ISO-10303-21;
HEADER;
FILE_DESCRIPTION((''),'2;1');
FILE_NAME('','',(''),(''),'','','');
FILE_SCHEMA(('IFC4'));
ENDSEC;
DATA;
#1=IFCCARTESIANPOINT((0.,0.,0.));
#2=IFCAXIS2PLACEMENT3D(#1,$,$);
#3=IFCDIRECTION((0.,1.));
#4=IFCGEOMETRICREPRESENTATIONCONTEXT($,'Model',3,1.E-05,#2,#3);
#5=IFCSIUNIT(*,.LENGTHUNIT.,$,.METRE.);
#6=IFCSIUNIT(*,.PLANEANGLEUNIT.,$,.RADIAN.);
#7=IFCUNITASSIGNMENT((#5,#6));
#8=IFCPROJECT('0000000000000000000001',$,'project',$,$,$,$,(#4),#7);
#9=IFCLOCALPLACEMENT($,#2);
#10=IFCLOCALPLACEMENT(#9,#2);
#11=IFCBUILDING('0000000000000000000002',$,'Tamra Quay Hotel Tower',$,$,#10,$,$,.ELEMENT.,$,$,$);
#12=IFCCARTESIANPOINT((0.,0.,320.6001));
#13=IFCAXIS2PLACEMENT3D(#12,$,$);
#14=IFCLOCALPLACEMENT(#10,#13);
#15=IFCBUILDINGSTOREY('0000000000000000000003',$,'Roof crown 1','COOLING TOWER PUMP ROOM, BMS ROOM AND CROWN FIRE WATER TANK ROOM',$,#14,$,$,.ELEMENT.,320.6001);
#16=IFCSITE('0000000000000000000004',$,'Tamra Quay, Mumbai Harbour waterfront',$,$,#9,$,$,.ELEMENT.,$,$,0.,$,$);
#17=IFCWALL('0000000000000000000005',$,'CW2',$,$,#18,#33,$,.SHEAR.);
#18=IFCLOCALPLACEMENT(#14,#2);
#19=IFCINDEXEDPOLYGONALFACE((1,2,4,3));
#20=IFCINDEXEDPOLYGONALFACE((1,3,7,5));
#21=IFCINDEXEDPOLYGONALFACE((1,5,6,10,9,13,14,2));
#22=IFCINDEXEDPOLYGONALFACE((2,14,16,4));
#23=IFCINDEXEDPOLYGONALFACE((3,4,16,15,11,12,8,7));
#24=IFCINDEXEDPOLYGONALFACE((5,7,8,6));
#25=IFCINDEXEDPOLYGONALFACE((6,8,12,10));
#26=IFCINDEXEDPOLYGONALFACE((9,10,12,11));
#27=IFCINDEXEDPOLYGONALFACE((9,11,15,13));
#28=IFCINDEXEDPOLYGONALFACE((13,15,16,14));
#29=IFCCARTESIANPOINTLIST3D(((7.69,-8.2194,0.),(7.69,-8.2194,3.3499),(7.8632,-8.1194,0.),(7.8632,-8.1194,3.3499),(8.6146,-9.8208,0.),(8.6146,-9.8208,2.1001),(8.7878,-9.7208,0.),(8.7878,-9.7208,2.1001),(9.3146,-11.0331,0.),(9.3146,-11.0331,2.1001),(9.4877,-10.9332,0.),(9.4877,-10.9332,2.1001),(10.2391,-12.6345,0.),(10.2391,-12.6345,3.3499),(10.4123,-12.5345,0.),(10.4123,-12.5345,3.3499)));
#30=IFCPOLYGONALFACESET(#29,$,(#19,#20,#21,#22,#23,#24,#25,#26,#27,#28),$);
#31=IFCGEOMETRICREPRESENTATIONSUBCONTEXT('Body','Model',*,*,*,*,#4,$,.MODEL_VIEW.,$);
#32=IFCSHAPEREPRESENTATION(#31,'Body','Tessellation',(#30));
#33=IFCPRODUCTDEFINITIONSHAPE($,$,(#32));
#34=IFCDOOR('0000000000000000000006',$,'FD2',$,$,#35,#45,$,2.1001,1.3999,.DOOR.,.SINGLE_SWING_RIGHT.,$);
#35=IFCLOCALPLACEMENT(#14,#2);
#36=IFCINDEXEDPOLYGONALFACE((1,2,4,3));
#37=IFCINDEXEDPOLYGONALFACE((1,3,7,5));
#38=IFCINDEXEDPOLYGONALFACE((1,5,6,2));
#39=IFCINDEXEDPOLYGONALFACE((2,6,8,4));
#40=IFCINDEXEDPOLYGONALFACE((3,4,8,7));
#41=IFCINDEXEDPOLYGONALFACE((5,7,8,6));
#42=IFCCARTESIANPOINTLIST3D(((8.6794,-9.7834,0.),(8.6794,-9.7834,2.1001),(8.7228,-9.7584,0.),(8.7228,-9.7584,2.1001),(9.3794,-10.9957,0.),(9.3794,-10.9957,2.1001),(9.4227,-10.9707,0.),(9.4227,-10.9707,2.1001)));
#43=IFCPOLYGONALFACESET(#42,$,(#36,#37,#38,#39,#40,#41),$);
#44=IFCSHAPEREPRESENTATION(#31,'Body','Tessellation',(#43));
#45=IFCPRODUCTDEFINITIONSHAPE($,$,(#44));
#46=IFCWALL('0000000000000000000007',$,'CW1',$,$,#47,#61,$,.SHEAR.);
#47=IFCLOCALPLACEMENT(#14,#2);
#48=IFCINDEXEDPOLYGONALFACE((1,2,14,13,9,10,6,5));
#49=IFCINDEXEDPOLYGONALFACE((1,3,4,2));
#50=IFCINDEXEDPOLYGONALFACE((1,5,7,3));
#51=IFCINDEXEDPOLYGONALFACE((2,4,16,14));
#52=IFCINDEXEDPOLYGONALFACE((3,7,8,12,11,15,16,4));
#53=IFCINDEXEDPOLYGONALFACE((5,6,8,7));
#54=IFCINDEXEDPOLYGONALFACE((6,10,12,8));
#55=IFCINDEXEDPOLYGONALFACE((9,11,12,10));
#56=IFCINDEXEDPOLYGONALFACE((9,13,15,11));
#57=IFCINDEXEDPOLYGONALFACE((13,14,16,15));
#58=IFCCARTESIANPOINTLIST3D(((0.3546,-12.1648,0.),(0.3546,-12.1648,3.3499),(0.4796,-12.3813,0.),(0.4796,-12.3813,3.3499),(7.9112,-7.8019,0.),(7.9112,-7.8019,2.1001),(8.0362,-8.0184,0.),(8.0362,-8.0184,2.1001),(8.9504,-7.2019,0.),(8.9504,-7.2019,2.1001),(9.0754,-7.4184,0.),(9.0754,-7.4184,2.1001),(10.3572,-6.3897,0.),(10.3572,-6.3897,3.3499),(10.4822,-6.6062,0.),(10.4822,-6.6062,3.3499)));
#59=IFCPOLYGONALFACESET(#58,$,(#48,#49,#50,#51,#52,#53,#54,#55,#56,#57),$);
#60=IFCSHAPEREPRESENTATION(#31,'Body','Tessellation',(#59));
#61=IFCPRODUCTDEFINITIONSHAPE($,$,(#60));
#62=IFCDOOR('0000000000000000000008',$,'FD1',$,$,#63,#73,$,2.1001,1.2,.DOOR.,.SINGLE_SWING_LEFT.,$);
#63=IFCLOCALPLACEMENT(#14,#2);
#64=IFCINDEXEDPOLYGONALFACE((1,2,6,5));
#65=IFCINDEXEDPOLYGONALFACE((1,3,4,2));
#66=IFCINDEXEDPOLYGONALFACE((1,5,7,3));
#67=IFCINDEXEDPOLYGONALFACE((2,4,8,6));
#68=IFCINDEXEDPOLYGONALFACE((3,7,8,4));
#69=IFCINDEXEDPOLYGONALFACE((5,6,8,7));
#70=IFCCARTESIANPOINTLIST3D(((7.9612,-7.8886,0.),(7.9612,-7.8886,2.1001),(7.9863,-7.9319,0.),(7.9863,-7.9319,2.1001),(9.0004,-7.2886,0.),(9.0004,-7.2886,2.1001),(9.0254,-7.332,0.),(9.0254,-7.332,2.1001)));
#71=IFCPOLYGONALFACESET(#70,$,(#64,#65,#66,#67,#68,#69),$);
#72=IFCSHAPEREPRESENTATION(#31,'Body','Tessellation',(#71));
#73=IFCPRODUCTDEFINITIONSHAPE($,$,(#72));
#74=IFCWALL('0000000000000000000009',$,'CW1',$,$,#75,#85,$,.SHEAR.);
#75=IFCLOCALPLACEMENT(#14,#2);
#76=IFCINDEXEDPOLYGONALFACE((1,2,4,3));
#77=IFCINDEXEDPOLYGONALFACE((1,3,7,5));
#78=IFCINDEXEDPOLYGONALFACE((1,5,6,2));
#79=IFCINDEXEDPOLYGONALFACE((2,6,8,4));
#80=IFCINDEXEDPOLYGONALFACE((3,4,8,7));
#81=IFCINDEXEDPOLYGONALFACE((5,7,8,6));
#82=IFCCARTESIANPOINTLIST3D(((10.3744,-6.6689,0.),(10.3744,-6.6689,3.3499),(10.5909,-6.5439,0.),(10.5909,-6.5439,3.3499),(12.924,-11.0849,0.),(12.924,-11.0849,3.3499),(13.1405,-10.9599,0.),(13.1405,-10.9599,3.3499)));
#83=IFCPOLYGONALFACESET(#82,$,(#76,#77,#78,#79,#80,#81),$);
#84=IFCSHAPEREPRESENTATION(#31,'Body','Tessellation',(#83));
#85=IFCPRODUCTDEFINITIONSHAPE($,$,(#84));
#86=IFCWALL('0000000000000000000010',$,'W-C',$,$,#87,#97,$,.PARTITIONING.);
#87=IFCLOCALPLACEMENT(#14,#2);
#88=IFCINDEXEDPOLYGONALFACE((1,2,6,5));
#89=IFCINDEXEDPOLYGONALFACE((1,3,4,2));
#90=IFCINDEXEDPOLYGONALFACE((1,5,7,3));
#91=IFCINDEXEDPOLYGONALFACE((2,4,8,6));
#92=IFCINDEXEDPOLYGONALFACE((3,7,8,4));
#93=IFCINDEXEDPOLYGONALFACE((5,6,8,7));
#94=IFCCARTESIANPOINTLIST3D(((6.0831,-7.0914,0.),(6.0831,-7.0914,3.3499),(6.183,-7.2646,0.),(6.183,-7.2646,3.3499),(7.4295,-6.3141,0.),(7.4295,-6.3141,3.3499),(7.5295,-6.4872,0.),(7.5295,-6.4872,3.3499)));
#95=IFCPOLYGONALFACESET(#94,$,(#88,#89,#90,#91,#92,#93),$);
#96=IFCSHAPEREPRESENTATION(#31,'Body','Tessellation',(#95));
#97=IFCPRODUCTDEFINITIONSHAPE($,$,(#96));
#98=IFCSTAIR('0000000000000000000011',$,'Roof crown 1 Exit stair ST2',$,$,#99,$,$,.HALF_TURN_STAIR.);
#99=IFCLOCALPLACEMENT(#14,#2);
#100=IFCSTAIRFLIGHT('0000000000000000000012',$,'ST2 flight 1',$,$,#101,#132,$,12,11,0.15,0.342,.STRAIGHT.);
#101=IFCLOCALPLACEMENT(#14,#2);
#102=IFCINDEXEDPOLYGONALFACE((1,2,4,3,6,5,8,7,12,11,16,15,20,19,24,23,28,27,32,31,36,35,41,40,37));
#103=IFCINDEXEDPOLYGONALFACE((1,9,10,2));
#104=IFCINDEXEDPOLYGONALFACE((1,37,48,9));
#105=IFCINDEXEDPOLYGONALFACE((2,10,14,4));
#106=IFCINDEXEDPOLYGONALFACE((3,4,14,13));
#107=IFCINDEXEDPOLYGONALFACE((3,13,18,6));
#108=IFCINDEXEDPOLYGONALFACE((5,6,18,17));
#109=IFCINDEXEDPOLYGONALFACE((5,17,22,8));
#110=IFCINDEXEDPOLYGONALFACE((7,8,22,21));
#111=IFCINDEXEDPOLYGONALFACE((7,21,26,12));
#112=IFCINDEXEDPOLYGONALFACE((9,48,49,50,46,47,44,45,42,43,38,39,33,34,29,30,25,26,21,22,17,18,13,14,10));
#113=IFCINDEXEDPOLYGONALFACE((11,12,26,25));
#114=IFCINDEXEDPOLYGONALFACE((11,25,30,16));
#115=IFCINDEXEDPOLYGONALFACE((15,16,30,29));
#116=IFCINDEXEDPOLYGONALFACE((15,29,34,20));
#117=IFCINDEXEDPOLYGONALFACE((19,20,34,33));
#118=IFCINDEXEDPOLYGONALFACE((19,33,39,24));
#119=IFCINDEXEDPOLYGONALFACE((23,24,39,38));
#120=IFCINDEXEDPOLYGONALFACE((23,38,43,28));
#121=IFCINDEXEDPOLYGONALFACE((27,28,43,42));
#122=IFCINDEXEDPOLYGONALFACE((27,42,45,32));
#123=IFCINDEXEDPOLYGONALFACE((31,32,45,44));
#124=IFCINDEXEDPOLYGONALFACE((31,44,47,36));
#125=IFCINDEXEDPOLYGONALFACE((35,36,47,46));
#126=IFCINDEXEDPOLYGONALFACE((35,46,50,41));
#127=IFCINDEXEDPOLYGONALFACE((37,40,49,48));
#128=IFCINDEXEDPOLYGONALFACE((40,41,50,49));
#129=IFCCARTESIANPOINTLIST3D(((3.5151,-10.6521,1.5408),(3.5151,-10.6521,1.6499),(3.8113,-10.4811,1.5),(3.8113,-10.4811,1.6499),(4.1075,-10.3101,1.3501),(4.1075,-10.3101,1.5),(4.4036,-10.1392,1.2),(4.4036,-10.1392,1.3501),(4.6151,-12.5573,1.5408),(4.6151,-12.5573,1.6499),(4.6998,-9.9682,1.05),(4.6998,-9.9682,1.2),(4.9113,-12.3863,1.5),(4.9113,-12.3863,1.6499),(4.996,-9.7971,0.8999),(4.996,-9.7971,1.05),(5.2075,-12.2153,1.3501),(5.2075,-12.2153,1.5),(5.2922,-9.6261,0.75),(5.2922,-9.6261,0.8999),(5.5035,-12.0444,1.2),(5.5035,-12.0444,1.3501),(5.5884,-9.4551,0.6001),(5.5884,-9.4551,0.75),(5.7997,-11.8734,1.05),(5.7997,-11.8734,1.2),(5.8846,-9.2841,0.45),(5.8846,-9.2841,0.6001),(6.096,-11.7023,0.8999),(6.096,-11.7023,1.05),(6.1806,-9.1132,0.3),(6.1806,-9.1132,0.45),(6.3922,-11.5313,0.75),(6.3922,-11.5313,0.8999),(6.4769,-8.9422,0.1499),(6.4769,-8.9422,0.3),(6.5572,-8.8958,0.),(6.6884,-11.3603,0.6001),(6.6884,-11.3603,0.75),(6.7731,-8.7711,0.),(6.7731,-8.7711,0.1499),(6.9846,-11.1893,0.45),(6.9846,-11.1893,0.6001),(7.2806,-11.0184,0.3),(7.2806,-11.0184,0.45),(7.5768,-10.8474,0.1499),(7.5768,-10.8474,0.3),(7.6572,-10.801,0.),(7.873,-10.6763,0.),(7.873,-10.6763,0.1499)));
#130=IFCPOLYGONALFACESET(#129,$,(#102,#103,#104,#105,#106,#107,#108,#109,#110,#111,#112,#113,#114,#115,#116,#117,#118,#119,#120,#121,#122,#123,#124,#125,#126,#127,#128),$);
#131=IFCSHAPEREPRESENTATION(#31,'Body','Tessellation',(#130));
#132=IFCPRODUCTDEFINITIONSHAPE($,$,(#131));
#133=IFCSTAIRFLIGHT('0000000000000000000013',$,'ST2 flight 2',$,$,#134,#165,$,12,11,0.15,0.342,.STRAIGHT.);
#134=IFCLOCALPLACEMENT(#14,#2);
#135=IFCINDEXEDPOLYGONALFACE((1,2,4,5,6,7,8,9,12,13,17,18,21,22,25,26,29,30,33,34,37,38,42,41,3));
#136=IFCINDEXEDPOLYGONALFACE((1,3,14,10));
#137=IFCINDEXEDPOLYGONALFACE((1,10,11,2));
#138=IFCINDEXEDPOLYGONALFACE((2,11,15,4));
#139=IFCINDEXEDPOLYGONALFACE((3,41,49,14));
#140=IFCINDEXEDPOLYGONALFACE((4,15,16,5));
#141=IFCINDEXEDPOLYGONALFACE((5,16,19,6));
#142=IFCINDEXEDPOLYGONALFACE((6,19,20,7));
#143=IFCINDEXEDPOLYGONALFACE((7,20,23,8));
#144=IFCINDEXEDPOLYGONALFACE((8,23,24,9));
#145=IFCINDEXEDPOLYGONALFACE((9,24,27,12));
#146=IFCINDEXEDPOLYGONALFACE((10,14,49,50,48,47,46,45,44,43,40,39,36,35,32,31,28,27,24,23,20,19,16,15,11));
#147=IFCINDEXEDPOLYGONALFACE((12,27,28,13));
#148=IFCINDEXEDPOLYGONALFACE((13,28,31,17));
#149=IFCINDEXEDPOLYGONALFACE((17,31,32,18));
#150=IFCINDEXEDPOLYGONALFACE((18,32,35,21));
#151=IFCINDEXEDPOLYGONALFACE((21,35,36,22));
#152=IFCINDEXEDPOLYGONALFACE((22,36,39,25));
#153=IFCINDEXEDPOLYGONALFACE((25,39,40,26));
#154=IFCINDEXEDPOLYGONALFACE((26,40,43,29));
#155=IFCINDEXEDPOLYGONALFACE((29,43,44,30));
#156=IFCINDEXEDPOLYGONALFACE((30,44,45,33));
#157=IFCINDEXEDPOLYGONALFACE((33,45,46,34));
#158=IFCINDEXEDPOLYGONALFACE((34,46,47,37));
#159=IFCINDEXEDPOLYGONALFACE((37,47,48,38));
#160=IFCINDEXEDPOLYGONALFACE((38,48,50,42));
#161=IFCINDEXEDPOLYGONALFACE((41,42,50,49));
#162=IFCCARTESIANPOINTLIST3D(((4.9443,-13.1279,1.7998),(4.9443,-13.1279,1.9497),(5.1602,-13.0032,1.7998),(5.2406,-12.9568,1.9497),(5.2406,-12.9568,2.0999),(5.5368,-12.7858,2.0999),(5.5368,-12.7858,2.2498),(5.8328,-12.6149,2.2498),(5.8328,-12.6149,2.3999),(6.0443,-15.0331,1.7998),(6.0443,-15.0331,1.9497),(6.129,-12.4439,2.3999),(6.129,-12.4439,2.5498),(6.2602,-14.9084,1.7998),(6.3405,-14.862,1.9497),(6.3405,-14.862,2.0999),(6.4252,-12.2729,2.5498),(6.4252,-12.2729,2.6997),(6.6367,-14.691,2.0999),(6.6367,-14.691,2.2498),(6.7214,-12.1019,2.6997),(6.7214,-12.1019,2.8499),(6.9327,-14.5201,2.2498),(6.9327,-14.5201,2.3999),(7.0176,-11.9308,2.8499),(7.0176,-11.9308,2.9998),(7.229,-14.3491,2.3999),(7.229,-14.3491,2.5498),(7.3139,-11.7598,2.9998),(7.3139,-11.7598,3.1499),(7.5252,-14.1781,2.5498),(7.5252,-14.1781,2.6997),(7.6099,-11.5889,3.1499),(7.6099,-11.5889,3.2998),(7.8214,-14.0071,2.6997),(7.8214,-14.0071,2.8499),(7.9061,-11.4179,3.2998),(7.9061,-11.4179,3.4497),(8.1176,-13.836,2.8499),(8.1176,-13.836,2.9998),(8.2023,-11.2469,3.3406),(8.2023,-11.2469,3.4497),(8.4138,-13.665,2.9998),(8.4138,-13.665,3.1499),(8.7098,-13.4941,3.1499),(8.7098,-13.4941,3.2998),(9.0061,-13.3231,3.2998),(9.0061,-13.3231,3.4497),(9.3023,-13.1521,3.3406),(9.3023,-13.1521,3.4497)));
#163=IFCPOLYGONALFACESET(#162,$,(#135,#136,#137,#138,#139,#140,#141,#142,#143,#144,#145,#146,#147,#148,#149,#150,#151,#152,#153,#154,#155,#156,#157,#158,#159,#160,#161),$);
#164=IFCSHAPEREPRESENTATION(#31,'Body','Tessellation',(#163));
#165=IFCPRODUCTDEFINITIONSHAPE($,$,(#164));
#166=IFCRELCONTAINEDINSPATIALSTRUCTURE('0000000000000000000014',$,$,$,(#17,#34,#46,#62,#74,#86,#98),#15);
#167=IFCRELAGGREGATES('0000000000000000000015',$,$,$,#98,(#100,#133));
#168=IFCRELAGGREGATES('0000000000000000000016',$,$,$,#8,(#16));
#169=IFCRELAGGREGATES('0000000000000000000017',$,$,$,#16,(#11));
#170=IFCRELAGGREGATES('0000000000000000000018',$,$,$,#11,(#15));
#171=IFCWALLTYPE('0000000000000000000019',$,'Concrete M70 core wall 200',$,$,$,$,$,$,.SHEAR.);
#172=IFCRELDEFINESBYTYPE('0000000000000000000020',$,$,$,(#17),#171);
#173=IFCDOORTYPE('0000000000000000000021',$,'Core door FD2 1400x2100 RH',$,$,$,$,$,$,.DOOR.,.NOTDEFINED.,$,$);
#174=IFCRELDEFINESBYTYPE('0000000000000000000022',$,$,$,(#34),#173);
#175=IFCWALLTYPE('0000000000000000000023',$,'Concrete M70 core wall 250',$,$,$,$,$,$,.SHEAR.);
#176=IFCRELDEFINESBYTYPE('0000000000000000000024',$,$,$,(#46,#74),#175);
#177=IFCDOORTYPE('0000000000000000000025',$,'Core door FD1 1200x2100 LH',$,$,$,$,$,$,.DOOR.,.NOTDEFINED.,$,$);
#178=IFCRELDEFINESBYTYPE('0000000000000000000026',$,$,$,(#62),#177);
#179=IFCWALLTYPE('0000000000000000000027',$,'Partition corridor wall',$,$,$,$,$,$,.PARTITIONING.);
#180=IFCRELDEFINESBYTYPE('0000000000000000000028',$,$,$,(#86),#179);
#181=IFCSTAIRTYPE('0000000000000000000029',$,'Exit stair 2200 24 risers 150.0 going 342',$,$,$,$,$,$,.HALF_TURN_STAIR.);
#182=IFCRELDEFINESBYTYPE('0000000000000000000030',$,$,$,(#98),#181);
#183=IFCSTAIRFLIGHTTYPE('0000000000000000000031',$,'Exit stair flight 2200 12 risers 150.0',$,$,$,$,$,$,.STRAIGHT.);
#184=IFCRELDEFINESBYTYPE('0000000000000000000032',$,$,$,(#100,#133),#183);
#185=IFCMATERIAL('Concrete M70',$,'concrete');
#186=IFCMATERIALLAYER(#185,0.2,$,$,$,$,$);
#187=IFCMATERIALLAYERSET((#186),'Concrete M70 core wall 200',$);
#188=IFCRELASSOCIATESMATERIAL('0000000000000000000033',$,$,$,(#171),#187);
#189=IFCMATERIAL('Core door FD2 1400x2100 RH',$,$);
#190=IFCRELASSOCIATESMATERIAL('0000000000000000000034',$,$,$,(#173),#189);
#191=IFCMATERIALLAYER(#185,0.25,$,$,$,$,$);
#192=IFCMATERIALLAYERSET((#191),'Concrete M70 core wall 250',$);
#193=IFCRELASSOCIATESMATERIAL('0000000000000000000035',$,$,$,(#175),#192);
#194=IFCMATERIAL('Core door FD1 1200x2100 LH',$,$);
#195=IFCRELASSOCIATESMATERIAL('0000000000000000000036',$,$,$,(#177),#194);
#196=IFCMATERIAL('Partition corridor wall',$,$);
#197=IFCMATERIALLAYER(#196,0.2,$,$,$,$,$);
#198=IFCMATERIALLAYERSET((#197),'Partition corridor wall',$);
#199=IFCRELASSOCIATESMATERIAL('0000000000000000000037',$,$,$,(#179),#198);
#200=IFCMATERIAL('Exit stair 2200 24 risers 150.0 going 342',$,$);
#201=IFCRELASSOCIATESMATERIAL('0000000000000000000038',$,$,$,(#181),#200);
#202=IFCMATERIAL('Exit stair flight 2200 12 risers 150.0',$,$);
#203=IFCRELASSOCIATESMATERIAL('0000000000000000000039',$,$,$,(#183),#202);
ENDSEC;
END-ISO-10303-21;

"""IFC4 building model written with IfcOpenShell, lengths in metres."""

from ifc_helpers import new_model, si_unit, direction, frame, frame_2d, origin, place, context, subcontext, project, spatial, polyline, rectangle, outline, extrude, material, layer, layer_set, type_object, element, fill, aggregate, save


model = new_model("IFC4")

# Units and contexts
model_context = context("Model", 3, precision=1e-05, world=origin(), true_north=direction((0.0, 1.0)))
body_context = subcontext(model_context, "Body", "Model", "MODEL_VIEW")
ifc_project = project(units=[si_unit("LENGTHUNIT", "METRE"), si_unit("PLANEANGLEUNIT", "RADIAN")], contexts=[model_context])

# Site, building, storey
site_placement = place(None, origin())
site = spatial("IfcSite", under=ifc_project, at=site_placement, Name="Tamra Quay, Mumbai Harbour waterfront", CompositionType="ELEMENT", RefElevation=0.0)
building_placement = place(site_placement, origin())
building = spatial("IfcBuilding", under=site, at=building_placement, Name="Tamra Quay Hotel Tower", CompositionType="ELEMENT")
storey_placement = place(building_placement, frame((0.0, 0.0, 320.6001)))
storey = spatial("IfcBuildingStorey", under=building, at=storey_placement, Name="Roof crown 1", Description="COOLING TOWER PUMP ROOM, BMS ROOM AND CROWN FIRE WATER TANK ROOM", CompositionType="ELEMENT", Elevation=320.6001)

# Walls, openings, doors
ifc_material_1 = material(Name="Concrete M70", Category="concrete")
ifc_layer_1 = layer(ifc_material_1, 0.2)
ifc_layer_set_1 = layer_set([ifc_layer_1], Name="Concrete M70 core wall 200")
wall_type_1 = type_object("IfcWallType", Name="Concrete M70 core wall 200", PredefinedType="SHEAR", material=ifc_layer_set_1)
wall_1_placement = place(storey_placement, frame((7.7766, -8.1694, 0.0), z_axis=(0.0, 0.0, 1.0), x_axis=(0.500007, -0.866021, 0.0)))
wall_1 = element("IfcWall", 1, at=wall_1_placement, inside=storey, type_object=wall_type_1, Name="CW2", PredefinedType="SHEAR", context=body_context, shape_type="SweptSolid", body=[
    extrude(rectangle(XDim=5.0981, YDim=0.2, at=frame_2d((2.5491, 0.0))), origin(), (0.0, 0.0, 1.0), 3.3499),
])
opening_1_placement = place(wall_1_placement, frame((1.8491, 0.0, 0.0)))
opening_1 = element("IfcOpeningElement", 2, at=opening_1_placement, cuts=wall_1, PredefinedType="OPENING", context=body_context, shape_type="SweptSolid", body=[
    extrude(rectangle(XDim=1.3999, YDim=2.1001, at=frame_2d((0.7, 1.05))), frame((0.0, 0.1099, 0.0), z_axis=(0.0, -1.0, 0.0), x_axis=(1.0, 0.0, 0.0)), (0.0, 0.0, 1.0), 0.22),
])
ifc_material_2 = material(Name="Core door FD2 1400x2100 RH")
door_type_1 = type_object("IfcDoorType", Name="Core door FD2 1400x2100 RH", OperationType="NOTDEFINED", PredefinedType="DOOR", material=ifc_material_2)
door_1_placement = place(opening_1_placement, origin())
door_1 = element("IfcDoor", 3, at=door_1_placement, inside=storey, type_object=door_type_1, Name="FD2", OperationType="SINGLE_SWING_RIGHT", OverallHeight=2.1001, OverallWidth=1.3999, PredefinedType="DOOR", context=body_context, shape_type="SweptSolid", body=[
    extrude(rectangle(XDim=1.3999, YDim=2.1001, at=frame_2d((0.7, 1.05))), frame((0.0, 0.0249, 0.0), z_axis=(0.0, -1.0, 0.0), x_axis=(1.0, 0.0, 0.0)), (0.0, 0.0, 1.0), 0.05),
])
fill(opening_1, door_1)
ifc_layer_2 = layer(ifc_material_1, 0.25)
ifc_layer_set_2 = layer_set([ifc_layer_2], Name="Concrete M70 core wall 250")
wall_type_2 = type_object("IfcWallType", Name="Concrete M70 core wall 250", PredefinedType="SHEAR", material=ifc_layer_set_2)
wall_2_placement = place(storey_placement, frame((0.4172, -12.2729, 0.0), z_axis=(0.0, 0.0, 1.0), x_axis=(0.866022, 0.500006, 0.0)))
wall_2 = element("IfcWall", 4, at=wall_2_placement, inside=storey, type_object=wall_type_2, Name="CW1", PredefinedType="SHEAR", context=body_context, shape_type="SweptSolid", body=[
    extrude(rectangle(XDim=11.55, YDim=0.25, at=frame_2d((5.7749, 0.0))), origin(), (0.0, 0.0, 1.0), 3.3499),
])
opening_2_placement = place(wall_2_placement, frame((8.7253, 0.0, 0.0)))
opening_2 = element("IfcOpeningElement", 5, at=opening_2_placement, cuts=wall_2, PredefinedType="OPENING", context=body_context, shape_type="SweptSolid", body=[
    extrude(rectangle(XDim=1.2, YDim=2.1001, at=frame_2d((0.6001, 1.05))), frame((0.0, 0.135, 0.0), z_axis=(0.0, -1.0, 0.0), x_axis=(1.0, 0.0, 0.0)), (0.0, 0.0, 1.0), 0.27),
])
ifc_material_3 = material(Name="Core door FD1 1200x2100 LH")
door_type_2 = type_object("IfcDoorType", Name="Core door FD1 1200x2100 LH", OperationType="NOTDEFINED", PredefinedType="DOOR", material=ifc_material_3)
door_2_placement = place(opening_2_placement, origin())
door_2 = element("IfcDoor", 6, at=door_2_placement, inside=storey, type_object=door_type_2, Name="FD1", OperationType="SINGLE_SWING_LEFT", OverallHeight=2.1001, OverallWidth=1.2, PredefinedType="DOOR", context=body_context, shape_type="SweptSolid", body=[
    extrude(rectangle(XDim=1.2, YDim=2.1001, at=frame_2d((0.6001, 1.05))), frame((0.0, 0.0249, 0.0), z_axis=(0.0, -1.0, 0.0), x_axis=(1.0, 0.0, 0.0)), (0.0, 0.0, 1.0), 0.05),
])
fill(opening_2, door_2)

# Walls
wall_3_placement = place(storey_placement, frame((10.4827, -6.6064, 0.0), z_axis=(0.0, 0.0, 1.0), x_axis=(0.499996, -0.866028, 0.0)))
element("IfcWall", 7, at=wall_3_placement, inside=storey, type_object=wall_type_2, Name="CW1", PredefinedType="SHEAR", context=body_context, shape_type="SweptSolid", body=[
    extrude(rectangle(XDim=5.0991, YDim=0.25, at=frame_2d((2.5496, 0.0))), origin(), (0.0, 0.0, 1.0), 3.3499),
])
ifc_material_4 = material(Name="Partition corridor wall")
ifc_layer_3 = layer(ifc_material_4, 0.2)
ifc_layer_set_3 = layer_set([ifc_layer_3], Name="Partition corridor wall")
wall_type_3 = type_object("IfcWallType", Name="Partition corridor wall", PredefinedType="PARTITIONING", material=ifc_layer_set_3)
wall_4_placement = place(storey_placement, frame((6.1331, -7.178, 0.0), z_axis=(0.0, 0.0, 1.0), x_axis=(0.866031, 0.49999, 0.0)))
element("IfcWall", 8, at=wall_4_placement, inside=storey, type_object=wall_type_3, Name="W-C", PredefinedType="PARTITIONING", context=body_context, shape_type="SweptSolid", body=[
    extrude(rectangle(XDim=1.5547, YDim=0.2, at=frame_2d((0.7773, 0.0))), origin(), (0.0, 0.0, 1.0), 3.3499),
])

# Stair, stair flights
ifc_material_5 = material(Name="Exit stair 2200 24 risers 150.0 going 342")
stair_type = type_object("IfcStairType", Name="Exit stair 2200 24 risers 150.0 going 342", PredefinedType="HALF_TURN_STAIR", material=ifc_material_5)
stair_placement = place(storey_placement, origin())
stair = element("IfcStair", 9, at=stair_placement, inside=storey, type_object=stair_type, Name="Roof crown 1 Exit stair ST2", PredefinedType="HALF_TURN_STAIR")
ifc_material_6 = material(Name="Exit stair flight 2200 12 risers 150.0")
stair_flight_type = type_object("IfcStairFlightType", Name="Exit stair flight 2200 12 risers 150.0", PredefinedType="STRAIGHT", material=ifc_material_6)
stair_flight_1_placement = place(storey_placement, frame((7.323, -9.7236, 0.0), z_axis=(0.0, 0.0, 1.0), x_axis=(-0.866025, -0.5, 0.0)))
stair_flight_1 = element("IfcStairFlight", 10, at=stair_flight_1_placement, type_object=stair_flight_type, Name="ST2 flight 1", NumberOfRisers=12, NumberOfTreads=11, PredefinedType="STRAIGHT", RiserHeight=0.15, TreadLength=0.342, context=body_context, shape_type="SweptSolid", body=[
    extrude(outline(polyline([(0.0, 0.0), (0.0, 0.1499), (0.342, 0.1499), (0.342, 0.3), (0.6841, 0.3), (0.6841, 0.45), (1.0259, 0.45), (1.0259, 0.6001), (1.3679, 0.6001), (1.3679, 0.75), (1.71, 0.75), (1.71, 0.8999), (2.052, 0.8999), (2.052, 1.05), (2.394, 1.05), (2.394, 1.2), (2.7361, 1.2), (2.7361, 1.3501), (3.0779, 1.3501), (3.0779, 1.5), (3.4199, 1.5), (3.4199, 1.6499), (3.762, 1.6499), (3.762, 1.8), (3.762, 1.5408), (0.2493, 0.0), (0.0, 0.0)])), frame((0.0, 1.1001, 0.0), z_axis=(0.0, -1.0, 0.0), x_axis=(1.0, 0.0, 0.0)), (0.0, 0.0, 1.0), 2.2),
])
stair_flight_2_placement = place(storey_placement, frame((5.4944, -14.0806, 1.7998), z_axis=(0.0, 0.0, 1.0), x_axis=(0.866025, 0.5, 0.0)))
stair_flight_2 = element("IfcStairFlight", 11, at=stair_flight_2_placement, type_object=stair_flight_type, Name="ST2 flight 2", NumberOfRisers=12, NumberOfTreads=11, PredefinedType="STRAIGHT", RiserHeight=0.15, TreadLength=0.342, context=body_context, shape_type="SweptSolid", body=[
    extrude(outline(polyline([(0.0, 0.0), (0.0, 0.1499), (0.342, 0.1499), (0.342, 0.3), (0.6841, 0.3), (0.6841, 0.45), (1.0259, 0.45), (1.0259, 0.6001), (1.3679, 0.6001), (1.3679, 0.75), (1.71, 0.75), (1.71, 0.8999), (2.052, 0.8999), (2.052, 1.05), (2.394, 1.05), (2.394, 1.2), (2.7361, 1.2), (2.7361, 1.3501), (3.0779, 1.3501), (3.0779, 1.5), (3.4199, 1.5), (3.4199, 1.6499), (3.762, 1.6499), (3.762, 1.8), (3.762, 1.5408), (0.2493, 0.0), (0.0, 0.0)])), frame((0.0, 1.1001, 0.0), z_axis=(0.0, -1.0, 0.0), x_axis=(1.0, 0.0, 0.0)), (0.0, 0.0, 1.0), 2.2),
])
aggregate(stair, [stair_flight_1, stair_flight_2])

save(model, "model.ifc")
